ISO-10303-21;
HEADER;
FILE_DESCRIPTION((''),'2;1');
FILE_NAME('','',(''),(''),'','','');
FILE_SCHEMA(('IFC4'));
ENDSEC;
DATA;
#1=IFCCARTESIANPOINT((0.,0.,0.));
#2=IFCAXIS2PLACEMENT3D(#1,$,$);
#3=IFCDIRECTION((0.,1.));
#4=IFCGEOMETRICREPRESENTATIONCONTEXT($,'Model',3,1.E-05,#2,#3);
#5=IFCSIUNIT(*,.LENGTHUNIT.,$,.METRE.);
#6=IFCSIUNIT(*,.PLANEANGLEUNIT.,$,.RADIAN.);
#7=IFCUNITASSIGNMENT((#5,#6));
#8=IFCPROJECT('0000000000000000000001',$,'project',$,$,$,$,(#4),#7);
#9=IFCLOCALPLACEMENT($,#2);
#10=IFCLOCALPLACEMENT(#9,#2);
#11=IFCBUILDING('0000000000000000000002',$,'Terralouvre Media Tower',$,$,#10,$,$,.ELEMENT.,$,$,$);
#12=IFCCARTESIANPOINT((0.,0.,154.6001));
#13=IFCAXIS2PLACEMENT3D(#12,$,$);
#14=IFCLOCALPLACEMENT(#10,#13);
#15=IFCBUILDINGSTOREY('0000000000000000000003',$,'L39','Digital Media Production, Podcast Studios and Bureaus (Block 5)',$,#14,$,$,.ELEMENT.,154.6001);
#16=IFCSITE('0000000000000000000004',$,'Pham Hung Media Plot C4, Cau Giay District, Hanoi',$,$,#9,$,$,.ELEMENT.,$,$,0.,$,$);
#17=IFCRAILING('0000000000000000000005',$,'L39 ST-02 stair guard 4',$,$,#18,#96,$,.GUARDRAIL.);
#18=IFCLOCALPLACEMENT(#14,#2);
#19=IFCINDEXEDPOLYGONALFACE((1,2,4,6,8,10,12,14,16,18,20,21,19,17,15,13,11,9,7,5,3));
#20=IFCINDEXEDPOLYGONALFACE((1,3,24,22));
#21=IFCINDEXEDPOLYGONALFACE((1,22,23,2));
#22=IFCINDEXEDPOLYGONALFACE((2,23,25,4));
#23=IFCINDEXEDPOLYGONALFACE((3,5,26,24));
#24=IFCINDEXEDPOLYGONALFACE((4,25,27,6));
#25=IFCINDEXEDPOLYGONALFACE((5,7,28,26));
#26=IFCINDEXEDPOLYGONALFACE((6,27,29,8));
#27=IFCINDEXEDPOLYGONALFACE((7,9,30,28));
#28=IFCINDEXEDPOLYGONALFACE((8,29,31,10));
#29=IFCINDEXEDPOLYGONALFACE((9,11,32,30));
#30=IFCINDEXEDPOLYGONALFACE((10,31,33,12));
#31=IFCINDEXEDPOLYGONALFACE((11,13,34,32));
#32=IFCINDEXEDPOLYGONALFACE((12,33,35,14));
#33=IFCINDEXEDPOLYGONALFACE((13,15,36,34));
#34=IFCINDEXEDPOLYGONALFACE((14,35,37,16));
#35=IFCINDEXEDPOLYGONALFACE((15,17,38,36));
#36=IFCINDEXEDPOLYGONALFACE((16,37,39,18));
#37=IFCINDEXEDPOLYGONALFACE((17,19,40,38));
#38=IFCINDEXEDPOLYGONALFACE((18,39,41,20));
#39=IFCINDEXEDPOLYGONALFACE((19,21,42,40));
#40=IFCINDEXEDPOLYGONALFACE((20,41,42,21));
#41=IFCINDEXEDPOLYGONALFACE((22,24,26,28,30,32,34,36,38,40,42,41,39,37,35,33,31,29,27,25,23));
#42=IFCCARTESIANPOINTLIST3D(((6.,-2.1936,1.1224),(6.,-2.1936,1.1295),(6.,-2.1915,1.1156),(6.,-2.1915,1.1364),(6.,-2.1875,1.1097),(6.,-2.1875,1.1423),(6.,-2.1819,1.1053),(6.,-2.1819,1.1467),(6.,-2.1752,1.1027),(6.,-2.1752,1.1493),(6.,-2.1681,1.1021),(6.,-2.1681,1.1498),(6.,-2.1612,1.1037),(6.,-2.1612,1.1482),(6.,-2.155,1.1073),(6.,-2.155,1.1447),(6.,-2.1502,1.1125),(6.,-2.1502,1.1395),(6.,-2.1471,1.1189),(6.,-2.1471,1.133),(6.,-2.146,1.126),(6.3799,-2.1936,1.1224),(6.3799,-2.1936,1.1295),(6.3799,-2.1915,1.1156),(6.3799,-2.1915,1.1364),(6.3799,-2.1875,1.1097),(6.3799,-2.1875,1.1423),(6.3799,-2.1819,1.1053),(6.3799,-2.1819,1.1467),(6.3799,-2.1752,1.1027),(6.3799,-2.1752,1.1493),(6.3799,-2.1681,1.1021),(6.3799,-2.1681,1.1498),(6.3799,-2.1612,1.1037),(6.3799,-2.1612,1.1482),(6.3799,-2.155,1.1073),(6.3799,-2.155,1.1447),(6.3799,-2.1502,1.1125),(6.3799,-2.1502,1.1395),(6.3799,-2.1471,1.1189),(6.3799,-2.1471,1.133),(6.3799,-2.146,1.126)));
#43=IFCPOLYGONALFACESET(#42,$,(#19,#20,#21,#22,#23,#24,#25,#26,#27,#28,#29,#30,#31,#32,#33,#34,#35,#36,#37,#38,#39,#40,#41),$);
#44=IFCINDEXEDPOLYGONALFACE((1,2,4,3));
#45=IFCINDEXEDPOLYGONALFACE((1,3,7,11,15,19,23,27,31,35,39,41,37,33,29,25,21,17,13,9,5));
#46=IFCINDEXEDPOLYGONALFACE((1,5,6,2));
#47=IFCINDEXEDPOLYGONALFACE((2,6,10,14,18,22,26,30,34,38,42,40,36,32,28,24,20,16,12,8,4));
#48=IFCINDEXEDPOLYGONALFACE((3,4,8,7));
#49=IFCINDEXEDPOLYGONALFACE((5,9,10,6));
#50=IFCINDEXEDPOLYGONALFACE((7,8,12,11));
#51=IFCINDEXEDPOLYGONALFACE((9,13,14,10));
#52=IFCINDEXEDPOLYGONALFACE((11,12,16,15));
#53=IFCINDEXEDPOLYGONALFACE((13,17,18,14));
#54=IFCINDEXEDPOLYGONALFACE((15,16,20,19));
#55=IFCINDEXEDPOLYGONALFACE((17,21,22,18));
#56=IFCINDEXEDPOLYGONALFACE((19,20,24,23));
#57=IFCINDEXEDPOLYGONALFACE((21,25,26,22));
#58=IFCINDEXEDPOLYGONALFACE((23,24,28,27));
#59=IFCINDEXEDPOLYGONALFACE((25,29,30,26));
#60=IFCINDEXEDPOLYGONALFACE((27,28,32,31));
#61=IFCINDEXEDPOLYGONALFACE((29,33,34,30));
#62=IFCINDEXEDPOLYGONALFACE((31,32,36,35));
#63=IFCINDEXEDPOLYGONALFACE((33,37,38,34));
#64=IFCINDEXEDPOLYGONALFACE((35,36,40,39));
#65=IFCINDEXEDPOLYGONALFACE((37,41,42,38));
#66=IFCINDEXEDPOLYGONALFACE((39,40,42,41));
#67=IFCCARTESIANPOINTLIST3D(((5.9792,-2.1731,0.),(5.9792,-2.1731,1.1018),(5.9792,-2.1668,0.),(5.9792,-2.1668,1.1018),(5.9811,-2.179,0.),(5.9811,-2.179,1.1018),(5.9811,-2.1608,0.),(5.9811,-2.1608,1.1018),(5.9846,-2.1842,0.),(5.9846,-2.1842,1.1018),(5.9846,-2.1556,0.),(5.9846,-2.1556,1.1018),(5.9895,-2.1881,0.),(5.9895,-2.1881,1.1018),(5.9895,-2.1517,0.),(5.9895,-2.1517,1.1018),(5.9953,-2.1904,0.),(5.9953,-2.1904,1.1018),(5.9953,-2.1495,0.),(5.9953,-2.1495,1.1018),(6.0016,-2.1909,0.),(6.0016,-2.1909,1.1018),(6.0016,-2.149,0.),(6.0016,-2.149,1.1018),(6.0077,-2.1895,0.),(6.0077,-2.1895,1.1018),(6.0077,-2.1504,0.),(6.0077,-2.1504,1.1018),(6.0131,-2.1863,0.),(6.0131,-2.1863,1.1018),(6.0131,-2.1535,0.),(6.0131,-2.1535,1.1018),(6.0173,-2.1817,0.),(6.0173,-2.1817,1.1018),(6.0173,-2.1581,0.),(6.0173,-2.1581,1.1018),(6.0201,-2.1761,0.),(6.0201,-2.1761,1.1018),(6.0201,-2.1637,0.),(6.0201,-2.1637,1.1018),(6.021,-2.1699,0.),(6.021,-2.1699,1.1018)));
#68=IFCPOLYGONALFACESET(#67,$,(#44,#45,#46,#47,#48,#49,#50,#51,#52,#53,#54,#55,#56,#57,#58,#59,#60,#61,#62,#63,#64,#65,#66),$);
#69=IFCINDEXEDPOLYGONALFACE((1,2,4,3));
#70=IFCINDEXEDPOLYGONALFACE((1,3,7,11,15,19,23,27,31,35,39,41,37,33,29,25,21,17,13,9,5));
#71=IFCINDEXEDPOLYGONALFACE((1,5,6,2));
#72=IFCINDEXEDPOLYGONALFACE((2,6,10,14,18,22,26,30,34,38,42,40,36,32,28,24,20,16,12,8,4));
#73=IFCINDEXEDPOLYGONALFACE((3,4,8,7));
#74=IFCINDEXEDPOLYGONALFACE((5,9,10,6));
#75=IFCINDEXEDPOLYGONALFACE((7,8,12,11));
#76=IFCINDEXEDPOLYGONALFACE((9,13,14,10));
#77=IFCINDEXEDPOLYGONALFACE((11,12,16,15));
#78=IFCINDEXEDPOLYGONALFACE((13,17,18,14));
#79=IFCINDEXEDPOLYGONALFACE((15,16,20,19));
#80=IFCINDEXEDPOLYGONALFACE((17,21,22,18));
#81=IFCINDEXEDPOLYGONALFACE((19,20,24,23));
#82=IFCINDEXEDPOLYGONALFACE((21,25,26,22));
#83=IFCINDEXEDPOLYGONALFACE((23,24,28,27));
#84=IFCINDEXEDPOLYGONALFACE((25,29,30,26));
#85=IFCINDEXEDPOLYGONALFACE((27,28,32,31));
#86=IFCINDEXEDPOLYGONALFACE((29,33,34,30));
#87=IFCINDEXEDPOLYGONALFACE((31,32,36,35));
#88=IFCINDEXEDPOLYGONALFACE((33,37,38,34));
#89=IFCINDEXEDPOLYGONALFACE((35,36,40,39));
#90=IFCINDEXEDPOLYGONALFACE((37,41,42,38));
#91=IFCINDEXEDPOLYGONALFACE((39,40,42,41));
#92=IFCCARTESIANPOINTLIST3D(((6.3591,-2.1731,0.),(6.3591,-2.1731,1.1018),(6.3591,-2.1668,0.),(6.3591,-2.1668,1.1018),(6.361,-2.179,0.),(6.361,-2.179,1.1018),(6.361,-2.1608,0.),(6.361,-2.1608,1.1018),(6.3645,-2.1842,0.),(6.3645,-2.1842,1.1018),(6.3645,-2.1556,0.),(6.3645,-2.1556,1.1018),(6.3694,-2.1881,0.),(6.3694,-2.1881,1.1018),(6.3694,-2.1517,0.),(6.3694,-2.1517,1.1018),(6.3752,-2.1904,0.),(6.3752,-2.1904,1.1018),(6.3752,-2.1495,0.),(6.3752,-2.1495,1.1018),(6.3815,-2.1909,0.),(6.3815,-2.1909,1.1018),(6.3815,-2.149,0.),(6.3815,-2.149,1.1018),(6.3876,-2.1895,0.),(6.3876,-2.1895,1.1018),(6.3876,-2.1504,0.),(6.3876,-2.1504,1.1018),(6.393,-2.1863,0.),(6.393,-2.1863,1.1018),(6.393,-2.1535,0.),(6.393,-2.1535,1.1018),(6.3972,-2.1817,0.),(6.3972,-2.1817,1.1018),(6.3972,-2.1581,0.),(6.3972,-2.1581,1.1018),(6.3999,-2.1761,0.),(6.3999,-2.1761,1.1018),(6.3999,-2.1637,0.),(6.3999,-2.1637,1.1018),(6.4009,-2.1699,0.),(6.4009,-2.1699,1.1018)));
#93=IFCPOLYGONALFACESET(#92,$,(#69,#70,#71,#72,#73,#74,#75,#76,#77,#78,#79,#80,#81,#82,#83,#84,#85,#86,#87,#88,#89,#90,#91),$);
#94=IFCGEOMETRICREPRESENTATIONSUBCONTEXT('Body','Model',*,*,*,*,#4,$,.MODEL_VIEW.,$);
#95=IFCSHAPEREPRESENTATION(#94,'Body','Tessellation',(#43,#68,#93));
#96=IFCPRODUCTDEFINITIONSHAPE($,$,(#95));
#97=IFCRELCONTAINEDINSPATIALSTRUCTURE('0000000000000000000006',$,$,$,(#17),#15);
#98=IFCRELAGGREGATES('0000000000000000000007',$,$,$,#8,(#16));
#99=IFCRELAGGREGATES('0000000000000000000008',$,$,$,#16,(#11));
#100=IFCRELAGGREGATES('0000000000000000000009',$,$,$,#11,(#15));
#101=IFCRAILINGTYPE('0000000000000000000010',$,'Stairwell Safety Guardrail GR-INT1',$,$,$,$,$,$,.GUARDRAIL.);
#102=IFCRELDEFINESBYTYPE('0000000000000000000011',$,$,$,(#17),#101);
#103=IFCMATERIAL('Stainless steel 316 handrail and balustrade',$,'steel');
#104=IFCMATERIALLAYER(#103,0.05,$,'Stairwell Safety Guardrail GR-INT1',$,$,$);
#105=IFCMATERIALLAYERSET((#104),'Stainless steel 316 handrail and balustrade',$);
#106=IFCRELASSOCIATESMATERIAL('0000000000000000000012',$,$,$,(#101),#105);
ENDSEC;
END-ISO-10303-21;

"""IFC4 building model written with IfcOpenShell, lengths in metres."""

from ifc_helpers import new_model, si_unit, direction, frame, origin, origin_2d, place, context, subcontext, project, spatial, circle, extrude, material, layer, layer_set, type_object, element, save


model = new_model("IFC4")

# Units and contexts
model_context = context("Model", 3, precision=1e-05, world=origin(), true_north=direction((0.0, 1.0)))
body_context = subcontext(model_context, "Body", "Model", "MODEL_VIEW")
ifc_project = project(units=[si_unit("LENGTHUNIT", "METRE"), si_unit("PLANEANGLEUNIT", "RADIAN")], contexts=[model_context])

# Site, building, storey
site_placement = place(None, origin())
site = spatial("IfcSite", under=ifc_project, at=site_placement, Name="Pham Hung Media Plot C4, Cau Giay District, Hanoi", CompositionType="ELEMENT", RefElevation=0.0)
building_placement = place(site_placement, origin())
building = spatial("IfcBuilding", under=site, at=building_placement, Name="Terralouvre Media Tower", CompositionType="ELEMENT")
storey_placement = place(building_placement, frame((0.0, 0.0, 154.6001)))
storey = spatial("IfcBuildingStorey", under=building, at=storey_placement, Name="L39", Description="Digital Media Production, Podcast Studios and Bureaus (Block 5)", CompositionType="ELEMENT", Elevation=154.6001)

# Railing
ifc_material_1 = material(Name="Stainless steel 316 handrail and balustrade", Category="steel")
ifc_layer_1 = layer(ifc_material_1, 0.05, Name="Stairwell Safety Guardrail GR-INT1")
ifc_layer_set_1 = layer_set([ifc_layer_1], Name="Stainless steel 316 handrail and balustrade")
railing_type_1 = type_object("IfcRailingType", Name="Stairwell Safety Guardrail GR-INT1", PredefinedType="GUARDRAIL", material=ifc_layer_set_1)
railing_1_placement = place(storey_placement, frame((6.0, -2.1699, 0.0)))
element("IfcRailing", 1, at=railing_1_placement, inside=storey, type_object=railing_type_1, Name="L39 ST-02 stair guard 4", PredefinedType="GUARDRAIL", context=body_context, shape_type="SweptSolid", body=[
    extrude(circle(Radius=0.0239, at=origin_2d()), frame((0.0, 0.0, 1.126), z_axis=(1.0, 0.0, 0.0), x_axis=(0.0, 1.0, 0.0)), (0.0, 0.0, 1.0), 0.3799),
    extrude(circle(Radius=0.021, at=origin_2d()), origin(), (0.0, 0.0, 1.0), 1.1018),
    extrude(circle(Radius=0.021, at=origin_2d()), frame((0.3799, 0.0, 0.0)), (0.0, 0.0, 1.0), 1.1018),
])

save(model, "model.ifc")
